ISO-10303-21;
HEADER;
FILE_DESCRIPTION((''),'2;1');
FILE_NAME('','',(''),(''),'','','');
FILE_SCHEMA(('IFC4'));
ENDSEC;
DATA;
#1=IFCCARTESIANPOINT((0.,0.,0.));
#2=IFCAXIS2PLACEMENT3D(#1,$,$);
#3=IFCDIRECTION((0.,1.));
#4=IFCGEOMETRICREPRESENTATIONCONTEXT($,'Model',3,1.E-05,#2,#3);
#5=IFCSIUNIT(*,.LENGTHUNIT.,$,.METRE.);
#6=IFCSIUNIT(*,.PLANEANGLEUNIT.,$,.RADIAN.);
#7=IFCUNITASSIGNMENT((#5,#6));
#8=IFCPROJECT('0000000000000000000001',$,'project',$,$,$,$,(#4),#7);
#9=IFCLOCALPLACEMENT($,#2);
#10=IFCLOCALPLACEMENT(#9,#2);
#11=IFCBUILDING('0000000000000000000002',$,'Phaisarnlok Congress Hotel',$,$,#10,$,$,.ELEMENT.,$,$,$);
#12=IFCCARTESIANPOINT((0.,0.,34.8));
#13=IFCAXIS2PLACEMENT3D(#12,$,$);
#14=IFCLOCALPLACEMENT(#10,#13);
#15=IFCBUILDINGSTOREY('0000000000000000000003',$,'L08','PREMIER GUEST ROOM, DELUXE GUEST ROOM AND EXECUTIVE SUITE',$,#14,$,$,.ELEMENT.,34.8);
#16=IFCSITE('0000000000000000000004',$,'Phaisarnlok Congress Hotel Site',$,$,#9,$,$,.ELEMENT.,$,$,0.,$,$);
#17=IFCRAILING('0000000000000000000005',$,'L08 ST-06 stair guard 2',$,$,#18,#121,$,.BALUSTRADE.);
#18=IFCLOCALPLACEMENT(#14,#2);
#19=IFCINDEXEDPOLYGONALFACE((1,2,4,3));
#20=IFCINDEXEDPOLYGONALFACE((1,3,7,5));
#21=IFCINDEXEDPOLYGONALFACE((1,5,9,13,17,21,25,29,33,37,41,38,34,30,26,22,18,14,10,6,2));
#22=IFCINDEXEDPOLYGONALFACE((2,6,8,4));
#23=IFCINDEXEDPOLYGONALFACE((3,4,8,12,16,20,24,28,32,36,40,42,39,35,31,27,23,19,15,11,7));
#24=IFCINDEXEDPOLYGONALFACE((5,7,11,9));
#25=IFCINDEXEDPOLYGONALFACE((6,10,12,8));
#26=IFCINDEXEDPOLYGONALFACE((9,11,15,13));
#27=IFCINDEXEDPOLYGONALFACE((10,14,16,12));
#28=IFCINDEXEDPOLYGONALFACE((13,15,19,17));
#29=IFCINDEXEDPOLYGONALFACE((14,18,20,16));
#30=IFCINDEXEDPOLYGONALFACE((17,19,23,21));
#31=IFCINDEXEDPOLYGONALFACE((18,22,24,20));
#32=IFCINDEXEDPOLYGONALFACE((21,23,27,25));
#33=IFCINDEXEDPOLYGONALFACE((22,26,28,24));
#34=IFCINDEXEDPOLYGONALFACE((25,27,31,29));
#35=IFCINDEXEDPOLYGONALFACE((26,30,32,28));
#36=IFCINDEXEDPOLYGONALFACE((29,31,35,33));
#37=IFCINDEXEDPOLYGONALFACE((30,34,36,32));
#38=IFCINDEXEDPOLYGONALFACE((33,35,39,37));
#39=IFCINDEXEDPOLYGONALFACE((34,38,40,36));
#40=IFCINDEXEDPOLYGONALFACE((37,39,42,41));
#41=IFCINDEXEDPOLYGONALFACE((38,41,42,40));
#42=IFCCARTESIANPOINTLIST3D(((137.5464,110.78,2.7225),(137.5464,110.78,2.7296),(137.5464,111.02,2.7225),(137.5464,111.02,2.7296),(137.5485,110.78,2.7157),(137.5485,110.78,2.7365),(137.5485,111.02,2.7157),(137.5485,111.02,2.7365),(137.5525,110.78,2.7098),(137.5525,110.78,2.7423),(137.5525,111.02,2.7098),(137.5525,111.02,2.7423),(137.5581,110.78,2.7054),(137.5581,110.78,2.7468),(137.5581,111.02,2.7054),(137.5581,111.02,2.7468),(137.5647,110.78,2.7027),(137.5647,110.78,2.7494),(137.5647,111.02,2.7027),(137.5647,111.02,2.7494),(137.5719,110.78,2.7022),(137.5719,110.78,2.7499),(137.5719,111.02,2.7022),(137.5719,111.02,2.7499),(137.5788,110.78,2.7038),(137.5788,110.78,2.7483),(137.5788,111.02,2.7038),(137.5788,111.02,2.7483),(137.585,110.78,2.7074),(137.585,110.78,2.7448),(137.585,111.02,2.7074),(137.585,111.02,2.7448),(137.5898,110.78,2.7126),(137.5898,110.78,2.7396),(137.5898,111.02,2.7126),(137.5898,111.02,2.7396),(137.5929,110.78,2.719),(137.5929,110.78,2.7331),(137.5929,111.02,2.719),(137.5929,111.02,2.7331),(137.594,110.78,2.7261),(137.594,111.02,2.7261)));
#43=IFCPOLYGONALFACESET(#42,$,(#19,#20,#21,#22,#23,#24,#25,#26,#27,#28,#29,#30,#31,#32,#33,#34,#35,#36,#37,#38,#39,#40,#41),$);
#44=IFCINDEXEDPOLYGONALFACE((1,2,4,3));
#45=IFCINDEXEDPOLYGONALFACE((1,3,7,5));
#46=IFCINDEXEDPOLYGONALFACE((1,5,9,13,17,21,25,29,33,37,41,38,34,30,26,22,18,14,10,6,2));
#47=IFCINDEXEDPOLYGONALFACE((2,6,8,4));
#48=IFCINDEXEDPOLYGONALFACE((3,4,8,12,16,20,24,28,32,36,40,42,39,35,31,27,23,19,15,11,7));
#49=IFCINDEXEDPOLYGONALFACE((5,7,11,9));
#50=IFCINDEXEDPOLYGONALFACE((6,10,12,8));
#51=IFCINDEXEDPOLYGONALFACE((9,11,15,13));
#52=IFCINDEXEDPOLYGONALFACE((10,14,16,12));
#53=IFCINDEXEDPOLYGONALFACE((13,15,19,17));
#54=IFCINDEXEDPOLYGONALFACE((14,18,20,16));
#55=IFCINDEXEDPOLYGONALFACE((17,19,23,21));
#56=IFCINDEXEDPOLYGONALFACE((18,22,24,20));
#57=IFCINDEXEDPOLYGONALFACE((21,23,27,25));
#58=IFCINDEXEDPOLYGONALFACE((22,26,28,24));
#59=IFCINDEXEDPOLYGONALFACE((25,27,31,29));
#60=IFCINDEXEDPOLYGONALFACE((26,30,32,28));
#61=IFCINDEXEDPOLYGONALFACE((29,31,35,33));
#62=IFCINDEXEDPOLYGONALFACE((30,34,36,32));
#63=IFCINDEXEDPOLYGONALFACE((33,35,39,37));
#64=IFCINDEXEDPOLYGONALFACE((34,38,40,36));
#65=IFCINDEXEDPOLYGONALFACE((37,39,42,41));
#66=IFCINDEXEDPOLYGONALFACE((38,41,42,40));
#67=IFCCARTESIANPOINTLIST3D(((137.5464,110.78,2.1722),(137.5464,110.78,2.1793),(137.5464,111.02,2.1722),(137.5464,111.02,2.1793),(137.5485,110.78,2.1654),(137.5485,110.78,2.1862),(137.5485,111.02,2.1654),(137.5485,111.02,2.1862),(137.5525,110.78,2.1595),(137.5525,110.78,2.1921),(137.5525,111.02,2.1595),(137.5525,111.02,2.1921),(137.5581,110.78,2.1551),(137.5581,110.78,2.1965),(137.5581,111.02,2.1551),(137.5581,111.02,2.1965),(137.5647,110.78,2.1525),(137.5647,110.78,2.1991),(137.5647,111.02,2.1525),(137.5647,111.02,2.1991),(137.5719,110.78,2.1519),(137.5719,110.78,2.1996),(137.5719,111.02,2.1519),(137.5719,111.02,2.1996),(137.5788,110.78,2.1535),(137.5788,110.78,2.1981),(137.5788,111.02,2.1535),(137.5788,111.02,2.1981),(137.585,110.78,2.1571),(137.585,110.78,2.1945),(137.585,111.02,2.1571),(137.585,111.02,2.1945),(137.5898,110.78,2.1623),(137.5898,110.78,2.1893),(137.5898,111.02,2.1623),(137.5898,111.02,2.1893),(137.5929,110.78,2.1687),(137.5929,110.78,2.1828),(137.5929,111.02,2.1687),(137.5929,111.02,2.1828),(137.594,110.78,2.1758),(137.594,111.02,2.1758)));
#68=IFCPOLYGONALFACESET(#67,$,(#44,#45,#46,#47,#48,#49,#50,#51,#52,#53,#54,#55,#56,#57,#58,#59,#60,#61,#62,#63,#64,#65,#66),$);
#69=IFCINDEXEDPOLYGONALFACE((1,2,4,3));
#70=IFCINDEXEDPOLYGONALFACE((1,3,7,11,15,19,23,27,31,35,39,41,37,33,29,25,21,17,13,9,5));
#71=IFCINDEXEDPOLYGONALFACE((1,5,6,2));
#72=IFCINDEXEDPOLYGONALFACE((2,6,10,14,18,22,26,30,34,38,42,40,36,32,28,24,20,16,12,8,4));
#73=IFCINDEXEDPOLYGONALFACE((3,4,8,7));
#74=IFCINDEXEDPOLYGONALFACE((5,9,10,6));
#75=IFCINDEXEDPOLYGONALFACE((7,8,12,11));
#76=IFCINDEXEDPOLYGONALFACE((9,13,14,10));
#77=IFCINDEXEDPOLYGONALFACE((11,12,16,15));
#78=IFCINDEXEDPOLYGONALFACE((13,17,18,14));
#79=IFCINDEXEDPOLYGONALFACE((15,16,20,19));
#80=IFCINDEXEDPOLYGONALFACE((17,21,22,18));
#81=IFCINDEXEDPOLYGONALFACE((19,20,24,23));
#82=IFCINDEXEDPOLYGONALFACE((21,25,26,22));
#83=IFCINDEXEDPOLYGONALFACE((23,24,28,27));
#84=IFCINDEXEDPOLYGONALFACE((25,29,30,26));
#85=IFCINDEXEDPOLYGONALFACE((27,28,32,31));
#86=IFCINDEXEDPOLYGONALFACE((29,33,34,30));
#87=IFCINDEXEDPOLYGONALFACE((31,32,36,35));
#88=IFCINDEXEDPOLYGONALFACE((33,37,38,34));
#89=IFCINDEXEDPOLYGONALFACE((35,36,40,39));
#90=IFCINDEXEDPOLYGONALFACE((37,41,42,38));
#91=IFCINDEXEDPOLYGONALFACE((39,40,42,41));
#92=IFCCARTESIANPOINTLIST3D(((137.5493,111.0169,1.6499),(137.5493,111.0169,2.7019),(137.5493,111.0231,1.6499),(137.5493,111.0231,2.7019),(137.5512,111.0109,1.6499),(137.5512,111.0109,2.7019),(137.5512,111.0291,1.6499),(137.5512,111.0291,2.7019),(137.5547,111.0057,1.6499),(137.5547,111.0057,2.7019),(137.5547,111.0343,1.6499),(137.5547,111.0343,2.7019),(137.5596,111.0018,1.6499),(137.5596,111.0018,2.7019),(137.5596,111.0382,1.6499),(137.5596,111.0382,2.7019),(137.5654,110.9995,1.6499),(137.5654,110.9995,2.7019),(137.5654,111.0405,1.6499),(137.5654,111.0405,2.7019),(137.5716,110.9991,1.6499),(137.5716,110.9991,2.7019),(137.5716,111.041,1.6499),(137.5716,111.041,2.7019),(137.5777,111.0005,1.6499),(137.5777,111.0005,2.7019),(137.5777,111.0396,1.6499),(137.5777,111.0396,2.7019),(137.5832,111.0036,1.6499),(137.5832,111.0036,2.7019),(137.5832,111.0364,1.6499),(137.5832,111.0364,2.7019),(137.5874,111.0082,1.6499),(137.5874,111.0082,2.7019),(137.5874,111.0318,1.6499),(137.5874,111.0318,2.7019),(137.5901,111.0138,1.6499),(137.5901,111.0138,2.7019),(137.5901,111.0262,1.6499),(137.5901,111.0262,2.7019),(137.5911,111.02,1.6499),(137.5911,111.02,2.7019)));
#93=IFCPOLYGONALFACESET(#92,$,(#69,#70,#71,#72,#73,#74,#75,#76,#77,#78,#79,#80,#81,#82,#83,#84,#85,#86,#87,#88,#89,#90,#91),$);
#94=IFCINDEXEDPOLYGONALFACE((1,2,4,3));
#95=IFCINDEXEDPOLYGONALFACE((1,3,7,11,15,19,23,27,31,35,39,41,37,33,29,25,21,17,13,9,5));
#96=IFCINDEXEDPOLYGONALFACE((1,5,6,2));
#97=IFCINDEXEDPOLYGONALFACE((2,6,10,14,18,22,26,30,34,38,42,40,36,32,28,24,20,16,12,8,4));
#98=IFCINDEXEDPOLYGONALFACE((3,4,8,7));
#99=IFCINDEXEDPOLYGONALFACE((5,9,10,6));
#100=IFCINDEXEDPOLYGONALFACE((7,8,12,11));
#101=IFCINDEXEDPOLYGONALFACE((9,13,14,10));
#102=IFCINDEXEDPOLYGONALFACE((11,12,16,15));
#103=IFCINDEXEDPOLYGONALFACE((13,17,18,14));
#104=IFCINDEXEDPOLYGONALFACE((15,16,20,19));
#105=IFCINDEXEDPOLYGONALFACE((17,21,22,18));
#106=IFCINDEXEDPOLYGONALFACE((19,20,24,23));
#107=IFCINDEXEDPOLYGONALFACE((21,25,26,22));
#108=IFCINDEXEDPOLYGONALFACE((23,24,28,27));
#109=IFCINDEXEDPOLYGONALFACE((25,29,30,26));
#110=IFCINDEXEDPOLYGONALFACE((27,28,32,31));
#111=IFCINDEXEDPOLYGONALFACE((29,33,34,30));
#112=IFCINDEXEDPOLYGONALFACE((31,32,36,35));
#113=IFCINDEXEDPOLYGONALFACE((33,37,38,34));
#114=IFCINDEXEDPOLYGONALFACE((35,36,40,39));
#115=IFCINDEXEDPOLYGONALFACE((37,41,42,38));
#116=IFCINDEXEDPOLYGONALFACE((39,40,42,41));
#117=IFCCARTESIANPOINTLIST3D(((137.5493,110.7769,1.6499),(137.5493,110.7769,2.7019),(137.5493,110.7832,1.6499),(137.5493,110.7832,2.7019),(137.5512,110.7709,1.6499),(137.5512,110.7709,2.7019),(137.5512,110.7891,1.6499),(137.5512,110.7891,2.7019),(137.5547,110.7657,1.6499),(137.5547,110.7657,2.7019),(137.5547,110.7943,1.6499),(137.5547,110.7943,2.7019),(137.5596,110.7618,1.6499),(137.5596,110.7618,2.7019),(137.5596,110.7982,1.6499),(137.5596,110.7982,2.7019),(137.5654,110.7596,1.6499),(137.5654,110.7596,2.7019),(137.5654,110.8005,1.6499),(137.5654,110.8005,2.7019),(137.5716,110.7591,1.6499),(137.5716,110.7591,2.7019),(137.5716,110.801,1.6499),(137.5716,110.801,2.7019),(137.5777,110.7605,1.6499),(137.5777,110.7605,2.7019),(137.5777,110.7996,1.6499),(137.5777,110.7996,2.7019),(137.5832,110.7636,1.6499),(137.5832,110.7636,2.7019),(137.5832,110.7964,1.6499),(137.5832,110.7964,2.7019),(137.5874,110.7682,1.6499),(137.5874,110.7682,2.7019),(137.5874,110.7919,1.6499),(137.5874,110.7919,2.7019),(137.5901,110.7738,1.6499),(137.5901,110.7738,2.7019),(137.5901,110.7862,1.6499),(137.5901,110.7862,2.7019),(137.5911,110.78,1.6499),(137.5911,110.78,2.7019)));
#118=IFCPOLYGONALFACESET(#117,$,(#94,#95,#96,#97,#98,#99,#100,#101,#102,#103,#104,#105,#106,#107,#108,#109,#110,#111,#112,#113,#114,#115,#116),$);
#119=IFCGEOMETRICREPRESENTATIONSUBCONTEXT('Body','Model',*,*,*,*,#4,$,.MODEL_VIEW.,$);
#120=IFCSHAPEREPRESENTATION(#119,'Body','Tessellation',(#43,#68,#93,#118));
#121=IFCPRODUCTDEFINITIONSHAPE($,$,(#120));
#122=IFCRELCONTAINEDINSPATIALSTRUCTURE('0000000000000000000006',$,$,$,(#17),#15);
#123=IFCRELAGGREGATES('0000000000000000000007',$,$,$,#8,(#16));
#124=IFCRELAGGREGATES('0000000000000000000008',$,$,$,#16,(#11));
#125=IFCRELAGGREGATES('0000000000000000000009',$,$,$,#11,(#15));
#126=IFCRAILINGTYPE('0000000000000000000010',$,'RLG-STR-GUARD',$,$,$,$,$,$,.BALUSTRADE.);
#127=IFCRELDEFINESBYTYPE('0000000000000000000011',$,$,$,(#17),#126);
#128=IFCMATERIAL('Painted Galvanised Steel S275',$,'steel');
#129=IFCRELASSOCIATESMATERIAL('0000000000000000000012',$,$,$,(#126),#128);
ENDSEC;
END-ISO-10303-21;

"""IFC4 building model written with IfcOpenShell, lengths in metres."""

from ifc_helpers import new_model, si_unit, direction, frame, origin, origin_2d, place, context, subcontext, project, spatial, circle, extrude, material, type_object, element, save


model = new_model("IFC4")

# Units and contexts
model_context = context("Model", 3, precision=1e-05, world=origin(), true_north=direction((0.0, 1.0)))
body_context = subcontext(model_context, "Body", "Model", "MODEL_VIEW")
ifc_project = project(units=[si_unit("LENGTHUNIT", "METRE"), si_unit("PLANEANGLEUNIT", "RADIAN")], contexts=[model_context])

# Site, building, storey
site_placement = place(None, origin())
site = spatial("IfcSite", under=ifc_project, at=site_placement, Name="Phaisarnlok Congress Hotel Site", CompositionType="ELEMENT", RefElevation=0.0)
building_placement = place(site_placement, origin())
building = spatial("IfcBuilding", under=site, at=building_placement, Name="Phaisarnlok Congress Hotel", CompositionType="ELEMENT")
storey_placement = place(building_placement, frame((0.0, 0.0, 34.8)))
storey = spatial("IfcBuildingStorey", under=building, at=storey_placement, Name="L08", Description="PREMIER GUEST ROOM, DELUXE GUEST ROOM AND EXECUTIVE SUITE", CompositionType="ELEMENT", Elevation=34.8)

# Railing
ifc_material_1 = material(Name="Painted Galvanised Steel S275", Category="steel")
railing_type_1 = type_object("IfcRailingType", Name="RLG-STR-GUARD", PredefinedType="BALUSTRADE", material=ifc_material_1)
railing_1_placement = place(storey_placement, frame((137.5701, 111.02, 1.6499)))
element("IfcRailing", 1, at=railing_1_placement, inside=storey, type_object=railing_type_1, Name="L08 ST-06 stair guard 2", PredefinedType="BALUSTRADE", context=body_context, shape_type="SweptSolid", body=[
    extrude(circle(Radius=0.0239, at=origin_2d()), frame((0.0, 0.0, 1.0762), z_axis=(0.0, -1.0, 0.0), x_axis=(1.0, 0.0, 0.0)), (0.0, 0.0, 1.0), 0.24),
    extrude(circle(Radius=0.0239, at=origin_2d()), frame((0.0, 0.0, 0.5259), z_axis=(0.0, -1.0, 0.0), x_axis=(1.0, 0.0, 0.0)), (0.0, 0.0, 1.0), 0.24),
    extrude(circle(Radius=0.021, at=origin_2d()), origin(), (0.0, 0.0, 1.0), 1.052),
    extrude(circle(Radius=0.021, at=origin_2d()), frame((0.0, -0.24, 0.0)), (0.0, 0.0, 1.0), 1.052),
])

save(model, "model.ifc")
